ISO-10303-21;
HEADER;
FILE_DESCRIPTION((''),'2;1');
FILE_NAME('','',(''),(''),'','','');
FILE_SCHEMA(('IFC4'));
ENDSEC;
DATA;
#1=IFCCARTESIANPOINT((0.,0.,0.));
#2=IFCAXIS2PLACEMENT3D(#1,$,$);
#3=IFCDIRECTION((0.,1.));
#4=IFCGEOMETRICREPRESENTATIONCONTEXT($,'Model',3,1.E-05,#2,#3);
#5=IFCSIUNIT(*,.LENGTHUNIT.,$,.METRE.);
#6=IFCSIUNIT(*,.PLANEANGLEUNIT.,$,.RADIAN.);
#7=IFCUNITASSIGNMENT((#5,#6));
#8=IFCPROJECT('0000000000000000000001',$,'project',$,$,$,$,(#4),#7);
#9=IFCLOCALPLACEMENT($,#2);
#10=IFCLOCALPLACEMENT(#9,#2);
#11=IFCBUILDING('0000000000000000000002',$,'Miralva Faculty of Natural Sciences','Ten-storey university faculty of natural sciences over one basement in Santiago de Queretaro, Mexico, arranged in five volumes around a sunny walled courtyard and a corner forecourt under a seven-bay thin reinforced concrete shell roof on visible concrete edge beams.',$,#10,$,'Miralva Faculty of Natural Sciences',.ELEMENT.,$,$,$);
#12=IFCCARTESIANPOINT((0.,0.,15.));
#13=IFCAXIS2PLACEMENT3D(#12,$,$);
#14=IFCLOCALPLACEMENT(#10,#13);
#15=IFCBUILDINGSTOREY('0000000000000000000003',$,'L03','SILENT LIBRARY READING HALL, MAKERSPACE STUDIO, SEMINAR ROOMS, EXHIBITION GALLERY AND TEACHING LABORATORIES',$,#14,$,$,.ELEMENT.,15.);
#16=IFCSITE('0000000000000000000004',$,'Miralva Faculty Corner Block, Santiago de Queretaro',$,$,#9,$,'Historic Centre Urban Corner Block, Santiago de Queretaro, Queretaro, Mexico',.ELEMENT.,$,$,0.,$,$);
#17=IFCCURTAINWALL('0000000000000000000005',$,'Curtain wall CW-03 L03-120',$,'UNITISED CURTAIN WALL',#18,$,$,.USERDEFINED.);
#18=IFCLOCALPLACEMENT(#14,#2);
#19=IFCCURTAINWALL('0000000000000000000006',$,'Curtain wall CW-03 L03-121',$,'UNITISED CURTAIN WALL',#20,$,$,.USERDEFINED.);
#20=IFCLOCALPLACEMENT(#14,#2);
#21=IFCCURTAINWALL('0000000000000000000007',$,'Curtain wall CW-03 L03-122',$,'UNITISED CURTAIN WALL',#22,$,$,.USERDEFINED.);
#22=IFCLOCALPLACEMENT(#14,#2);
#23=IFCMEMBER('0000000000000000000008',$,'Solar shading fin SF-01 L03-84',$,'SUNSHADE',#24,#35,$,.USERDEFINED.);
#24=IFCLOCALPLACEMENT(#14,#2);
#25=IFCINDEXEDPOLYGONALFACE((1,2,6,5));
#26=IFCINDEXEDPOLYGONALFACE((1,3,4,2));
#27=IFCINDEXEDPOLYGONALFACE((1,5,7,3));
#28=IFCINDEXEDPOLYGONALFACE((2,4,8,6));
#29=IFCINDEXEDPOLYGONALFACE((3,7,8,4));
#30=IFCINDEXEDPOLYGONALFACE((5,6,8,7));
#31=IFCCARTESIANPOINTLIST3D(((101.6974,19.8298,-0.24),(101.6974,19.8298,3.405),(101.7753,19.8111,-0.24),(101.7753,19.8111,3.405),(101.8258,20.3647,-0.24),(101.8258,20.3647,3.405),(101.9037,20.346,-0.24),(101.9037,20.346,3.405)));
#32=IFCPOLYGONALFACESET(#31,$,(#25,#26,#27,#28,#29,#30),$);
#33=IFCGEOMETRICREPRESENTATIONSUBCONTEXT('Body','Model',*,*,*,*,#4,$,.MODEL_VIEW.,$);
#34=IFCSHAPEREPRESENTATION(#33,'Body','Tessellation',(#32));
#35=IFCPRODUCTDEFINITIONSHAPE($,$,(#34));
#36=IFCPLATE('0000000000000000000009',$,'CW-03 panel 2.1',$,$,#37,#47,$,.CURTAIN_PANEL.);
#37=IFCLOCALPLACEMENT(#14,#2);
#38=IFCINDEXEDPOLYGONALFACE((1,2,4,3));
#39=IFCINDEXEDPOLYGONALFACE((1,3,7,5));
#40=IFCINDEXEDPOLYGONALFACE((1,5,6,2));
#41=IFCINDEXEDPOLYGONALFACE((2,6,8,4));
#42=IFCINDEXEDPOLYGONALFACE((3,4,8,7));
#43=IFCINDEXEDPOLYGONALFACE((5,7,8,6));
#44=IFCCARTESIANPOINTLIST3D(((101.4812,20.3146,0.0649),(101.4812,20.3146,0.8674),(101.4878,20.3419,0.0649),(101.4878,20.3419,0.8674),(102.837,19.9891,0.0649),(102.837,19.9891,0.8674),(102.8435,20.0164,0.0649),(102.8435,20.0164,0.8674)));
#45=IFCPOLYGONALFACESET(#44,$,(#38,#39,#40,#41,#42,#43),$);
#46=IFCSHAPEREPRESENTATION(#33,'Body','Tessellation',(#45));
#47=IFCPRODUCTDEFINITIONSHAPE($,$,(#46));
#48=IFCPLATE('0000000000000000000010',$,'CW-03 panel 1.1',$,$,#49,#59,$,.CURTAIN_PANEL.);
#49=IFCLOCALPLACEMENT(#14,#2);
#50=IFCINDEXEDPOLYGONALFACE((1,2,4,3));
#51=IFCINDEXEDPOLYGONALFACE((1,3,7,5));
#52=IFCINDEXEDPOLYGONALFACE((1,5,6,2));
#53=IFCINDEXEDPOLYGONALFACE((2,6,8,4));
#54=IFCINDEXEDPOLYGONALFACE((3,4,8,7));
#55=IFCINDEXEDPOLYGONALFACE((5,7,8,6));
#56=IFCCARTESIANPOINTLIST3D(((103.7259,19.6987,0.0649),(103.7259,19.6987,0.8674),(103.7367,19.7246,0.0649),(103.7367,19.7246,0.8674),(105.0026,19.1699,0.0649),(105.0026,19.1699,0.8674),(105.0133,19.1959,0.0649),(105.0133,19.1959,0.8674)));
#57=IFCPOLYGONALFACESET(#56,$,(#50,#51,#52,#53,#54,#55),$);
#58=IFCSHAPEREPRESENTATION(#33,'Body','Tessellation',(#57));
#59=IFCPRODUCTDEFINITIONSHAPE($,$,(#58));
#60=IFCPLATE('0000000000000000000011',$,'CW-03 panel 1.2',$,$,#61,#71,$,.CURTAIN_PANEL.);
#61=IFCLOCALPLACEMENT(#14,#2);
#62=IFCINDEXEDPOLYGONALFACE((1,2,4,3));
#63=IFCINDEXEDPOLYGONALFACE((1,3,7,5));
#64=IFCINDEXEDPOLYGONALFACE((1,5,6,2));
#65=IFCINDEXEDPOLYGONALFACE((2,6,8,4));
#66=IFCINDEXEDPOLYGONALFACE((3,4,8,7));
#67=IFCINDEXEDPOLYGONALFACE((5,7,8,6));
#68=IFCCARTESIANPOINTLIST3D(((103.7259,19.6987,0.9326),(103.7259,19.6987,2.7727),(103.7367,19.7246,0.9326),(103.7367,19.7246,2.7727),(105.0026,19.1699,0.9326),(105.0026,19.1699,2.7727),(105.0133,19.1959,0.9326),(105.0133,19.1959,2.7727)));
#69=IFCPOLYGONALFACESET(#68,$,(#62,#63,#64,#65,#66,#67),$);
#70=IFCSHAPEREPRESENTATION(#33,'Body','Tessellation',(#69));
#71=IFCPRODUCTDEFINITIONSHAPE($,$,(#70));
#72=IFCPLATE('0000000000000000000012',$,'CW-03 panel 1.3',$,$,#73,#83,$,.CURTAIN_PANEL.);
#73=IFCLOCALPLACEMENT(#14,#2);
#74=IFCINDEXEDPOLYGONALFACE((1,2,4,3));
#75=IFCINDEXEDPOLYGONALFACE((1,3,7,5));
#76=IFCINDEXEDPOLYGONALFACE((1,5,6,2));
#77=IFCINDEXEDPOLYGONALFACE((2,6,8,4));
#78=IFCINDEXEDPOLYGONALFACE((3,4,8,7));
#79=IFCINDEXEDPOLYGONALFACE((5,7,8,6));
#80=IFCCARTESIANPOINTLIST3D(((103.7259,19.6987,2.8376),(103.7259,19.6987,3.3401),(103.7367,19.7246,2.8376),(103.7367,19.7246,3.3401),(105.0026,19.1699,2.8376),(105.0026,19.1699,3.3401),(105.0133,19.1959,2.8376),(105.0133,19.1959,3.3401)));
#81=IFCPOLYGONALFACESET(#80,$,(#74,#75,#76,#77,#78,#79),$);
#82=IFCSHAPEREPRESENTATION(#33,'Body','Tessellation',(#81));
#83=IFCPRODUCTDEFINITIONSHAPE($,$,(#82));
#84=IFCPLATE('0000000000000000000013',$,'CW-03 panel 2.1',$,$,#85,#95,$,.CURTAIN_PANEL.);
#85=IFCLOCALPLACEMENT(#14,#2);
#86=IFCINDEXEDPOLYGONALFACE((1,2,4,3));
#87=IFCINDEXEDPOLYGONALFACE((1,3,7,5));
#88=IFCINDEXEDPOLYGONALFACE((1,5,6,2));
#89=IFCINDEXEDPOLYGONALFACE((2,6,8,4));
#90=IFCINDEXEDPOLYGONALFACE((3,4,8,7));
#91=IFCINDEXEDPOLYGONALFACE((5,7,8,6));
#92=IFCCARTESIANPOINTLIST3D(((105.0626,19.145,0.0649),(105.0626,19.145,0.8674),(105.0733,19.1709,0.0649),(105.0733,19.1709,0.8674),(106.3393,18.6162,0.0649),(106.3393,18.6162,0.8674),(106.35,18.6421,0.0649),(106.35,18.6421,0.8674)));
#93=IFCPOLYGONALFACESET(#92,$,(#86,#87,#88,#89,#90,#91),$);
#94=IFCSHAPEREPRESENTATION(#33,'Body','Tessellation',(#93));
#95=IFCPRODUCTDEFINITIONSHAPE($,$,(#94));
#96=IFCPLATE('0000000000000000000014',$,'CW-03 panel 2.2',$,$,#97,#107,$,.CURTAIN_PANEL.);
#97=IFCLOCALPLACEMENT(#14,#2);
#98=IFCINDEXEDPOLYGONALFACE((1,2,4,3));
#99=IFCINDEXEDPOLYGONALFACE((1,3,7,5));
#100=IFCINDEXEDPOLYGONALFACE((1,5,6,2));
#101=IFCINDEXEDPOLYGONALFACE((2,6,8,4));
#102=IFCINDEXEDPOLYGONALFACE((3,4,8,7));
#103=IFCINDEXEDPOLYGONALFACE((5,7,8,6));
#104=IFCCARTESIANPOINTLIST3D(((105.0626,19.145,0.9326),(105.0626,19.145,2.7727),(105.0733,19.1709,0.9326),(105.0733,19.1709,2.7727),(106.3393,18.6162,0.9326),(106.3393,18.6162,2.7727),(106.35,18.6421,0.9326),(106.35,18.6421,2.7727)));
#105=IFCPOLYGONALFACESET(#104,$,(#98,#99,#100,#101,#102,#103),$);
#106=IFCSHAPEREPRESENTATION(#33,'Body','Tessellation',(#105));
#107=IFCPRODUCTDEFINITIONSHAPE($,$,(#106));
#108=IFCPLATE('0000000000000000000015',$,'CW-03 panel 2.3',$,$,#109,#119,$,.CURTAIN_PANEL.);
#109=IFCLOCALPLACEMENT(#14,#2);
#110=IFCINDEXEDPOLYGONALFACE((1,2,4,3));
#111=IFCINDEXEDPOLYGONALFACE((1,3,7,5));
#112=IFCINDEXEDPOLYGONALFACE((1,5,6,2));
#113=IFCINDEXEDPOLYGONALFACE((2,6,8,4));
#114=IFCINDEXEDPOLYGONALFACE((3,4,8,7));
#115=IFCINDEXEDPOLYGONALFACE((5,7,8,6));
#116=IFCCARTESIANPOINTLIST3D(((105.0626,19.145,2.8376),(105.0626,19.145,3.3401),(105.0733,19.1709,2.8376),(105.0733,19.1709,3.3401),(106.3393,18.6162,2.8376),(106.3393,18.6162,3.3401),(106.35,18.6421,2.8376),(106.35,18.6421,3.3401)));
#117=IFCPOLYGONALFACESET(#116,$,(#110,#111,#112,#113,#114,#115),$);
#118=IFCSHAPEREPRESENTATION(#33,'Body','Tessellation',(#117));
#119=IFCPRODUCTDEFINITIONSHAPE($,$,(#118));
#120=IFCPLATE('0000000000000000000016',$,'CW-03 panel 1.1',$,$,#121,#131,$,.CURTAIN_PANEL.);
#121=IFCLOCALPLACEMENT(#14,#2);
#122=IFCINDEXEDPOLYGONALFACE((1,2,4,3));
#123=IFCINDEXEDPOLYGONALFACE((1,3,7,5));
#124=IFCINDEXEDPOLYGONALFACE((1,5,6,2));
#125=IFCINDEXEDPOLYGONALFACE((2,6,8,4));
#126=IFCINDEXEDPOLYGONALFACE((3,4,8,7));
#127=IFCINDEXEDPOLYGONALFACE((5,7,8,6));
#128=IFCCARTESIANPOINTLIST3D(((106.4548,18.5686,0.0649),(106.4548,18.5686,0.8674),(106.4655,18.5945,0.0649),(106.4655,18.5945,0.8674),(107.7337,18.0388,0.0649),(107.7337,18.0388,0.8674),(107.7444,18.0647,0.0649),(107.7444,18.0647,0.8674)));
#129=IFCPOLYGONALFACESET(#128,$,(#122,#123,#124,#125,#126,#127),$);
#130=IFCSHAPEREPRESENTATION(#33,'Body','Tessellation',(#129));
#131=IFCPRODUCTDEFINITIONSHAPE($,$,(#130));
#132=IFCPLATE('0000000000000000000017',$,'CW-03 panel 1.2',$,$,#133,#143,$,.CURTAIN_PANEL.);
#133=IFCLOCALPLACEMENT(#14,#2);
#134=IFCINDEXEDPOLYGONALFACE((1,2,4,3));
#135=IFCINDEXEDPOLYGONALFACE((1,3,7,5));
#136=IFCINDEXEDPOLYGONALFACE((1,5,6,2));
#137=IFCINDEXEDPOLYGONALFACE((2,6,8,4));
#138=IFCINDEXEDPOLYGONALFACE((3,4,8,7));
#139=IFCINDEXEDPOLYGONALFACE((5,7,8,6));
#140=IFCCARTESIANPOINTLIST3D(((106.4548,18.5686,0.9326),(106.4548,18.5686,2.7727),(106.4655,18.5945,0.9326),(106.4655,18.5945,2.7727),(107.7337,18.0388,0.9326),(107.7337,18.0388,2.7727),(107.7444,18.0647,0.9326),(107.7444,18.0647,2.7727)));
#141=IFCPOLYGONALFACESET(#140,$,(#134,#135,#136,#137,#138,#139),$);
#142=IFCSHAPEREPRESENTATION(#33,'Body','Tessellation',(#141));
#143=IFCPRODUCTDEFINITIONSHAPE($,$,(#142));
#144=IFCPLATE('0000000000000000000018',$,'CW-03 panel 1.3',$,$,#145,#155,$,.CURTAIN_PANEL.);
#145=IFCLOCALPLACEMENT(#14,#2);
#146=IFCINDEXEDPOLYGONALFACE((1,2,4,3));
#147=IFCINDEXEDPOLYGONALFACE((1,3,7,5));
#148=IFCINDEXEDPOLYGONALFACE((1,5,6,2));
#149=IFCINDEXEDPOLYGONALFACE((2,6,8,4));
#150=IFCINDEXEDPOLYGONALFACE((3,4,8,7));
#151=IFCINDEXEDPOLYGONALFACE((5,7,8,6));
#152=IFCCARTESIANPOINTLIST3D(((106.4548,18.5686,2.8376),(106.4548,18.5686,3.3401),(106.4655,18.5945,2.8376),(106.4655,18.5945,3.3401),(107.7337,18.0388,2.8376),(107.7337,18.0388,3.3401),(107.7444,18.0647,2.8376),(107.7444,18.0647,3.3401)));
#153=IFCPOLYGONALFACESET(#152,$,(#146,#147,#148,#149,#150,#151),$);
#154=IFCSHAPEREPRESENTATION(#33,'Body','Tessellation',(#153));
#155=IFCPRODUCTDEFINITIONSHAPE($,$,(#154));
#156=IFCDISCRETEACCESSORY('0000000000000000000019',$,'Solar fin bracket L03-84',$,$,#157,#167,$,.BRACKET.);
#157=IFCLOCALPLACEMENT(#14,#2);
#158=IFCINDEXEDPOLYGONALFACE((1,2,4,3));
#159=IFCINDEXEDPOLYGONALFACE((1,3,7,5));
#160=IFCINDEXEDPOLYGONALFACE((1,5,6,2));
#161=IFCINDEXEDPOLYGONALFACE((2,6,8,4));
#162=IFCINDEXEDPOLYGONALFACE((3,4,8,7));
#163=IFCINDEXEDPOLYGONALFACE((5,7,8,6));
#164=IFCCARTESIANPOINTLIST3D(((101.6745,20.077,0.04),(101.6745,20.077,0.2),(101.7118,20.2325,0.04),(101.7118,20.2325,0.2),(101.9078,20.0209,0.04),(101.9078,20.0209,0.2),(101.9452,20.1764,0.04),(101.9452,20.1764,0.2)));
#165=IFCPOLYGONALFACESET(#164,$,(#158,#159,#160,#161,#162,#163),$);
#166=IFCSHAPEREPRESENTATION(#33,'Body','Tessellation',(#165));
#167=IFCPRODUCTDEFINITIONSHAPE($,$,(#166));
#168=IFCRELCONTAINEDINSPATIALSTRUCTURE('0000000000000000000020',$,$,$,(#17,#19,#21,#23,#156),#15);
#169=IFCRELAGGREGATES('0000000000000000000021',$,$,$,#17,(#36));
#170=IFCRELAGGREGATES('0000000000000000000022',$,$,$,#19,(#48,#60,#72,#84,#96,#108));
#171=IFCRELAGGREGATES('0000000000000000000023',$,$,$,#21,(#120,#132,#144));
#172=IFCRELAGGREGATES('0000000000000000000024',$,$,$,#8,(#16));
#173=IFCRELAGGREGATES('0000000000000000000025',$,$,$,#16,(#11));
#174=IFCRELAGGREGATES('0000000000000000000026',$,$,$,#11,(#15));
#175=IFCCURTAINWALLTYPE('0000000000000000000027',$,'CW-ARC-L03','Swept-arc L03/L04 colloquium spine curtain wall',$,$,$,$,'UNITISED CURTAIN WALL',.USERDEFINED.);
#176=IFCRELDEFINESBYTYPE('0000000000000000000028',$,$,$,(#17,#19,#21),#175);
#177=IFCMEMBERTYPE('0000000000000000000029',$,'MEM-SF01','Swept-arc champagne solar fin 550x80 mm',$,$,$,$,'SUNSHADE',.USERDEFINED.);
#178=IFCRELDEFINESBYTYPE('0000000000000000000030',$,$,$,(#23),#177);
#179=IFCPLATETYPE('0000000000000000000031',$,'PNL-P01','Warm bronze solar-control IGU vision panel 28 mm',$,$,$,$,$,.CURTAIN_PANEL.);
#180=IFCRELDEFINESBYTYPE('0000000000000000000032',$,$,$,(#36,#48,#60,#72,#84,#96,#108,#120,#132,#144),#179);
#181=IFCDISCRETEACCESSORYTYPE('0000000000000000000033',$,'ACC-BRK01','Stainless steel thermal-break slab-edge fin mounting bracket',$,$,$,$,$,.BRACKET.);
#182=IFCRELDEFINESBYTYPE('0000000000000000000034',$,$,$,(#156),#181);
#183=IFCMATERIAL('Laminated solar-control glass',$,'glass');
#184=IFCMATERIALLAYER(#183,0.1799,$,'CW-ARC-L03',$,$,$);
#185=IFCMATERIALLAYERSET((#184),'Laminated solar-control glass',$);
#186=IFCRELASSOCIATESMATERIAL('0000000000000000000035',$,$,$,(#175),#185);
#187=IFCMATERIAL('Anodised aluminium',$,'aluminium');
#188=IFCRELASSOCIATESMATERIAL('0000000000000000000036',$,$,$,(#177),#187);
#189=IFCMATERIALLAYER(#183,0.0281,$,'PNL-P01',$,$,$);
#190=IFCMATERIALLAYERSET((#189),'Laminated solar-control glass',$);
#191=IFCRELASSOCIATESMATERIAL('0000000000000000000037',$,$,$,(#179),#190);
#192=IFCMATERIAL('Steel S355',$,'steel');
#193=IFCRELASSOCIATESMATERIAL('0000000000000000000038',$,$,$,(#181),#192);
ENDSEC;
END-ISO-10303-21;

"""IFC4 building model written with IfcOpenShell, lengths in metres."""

from ifc_helpers import new_model, si_unit, direction, frame, origin, origin_2d, place, context, subcontext, project, spatial, rectangle, extrude, material, layer, layer_set, material_profile, profile_set, type_object, element, aggregate, save


model = new_model("IFC4")

# Units and contexts
model_context = context("Model", 3, precision=1e-05, world=origin(), true_north=direction((0.0, 1.0)))
body_context = subcontext(model_context, "Body", "Model", "MODEL_VIEW")
ifc_project = project(units=[si_unit("LENGTHUNIT", "METRE"), si_unit("PLANEANGLEUNIT", "RADIAN")], contexts=[model_context])

# Site, building, storey
site_placement = place(None, origin())
site = spatial("IfcSite", under=ifc_project, at=site_placement, Name="Miralva Faculty Corner Block, Santiago de Queretaro", LongName="Historic Centre Urban Corner Block, Santiago de Queretaro, Queretaro, Mexico", CompositionType="ELEMENT", RefElevation=0.0)
building_placement = place(site_placement, origin())
building = spatial("IfcBuilding", under=site, at=building_placement, Name="Miralva Faculty of Natural Sciences", Description="Ten-storey university faculty of natural sciences over one basement in Santiago de Queretaro, Mexico, arranged in five volumes around a sunny walled courtyard and a corner forecourt under a seven-bay thin reinforced concrete shell roof on visible concrete edge beams.", LongName="Miralva Faculty of Natural Sciences", CompositionType="ELEMENT")
storey_placement = place(building_placement, frame((0.0, 0.0, 15.0)))
storey = spatial("IfcBuildingStorey", under=building, at=storey_placement, Name="L03", Description="SILENT LIBRARY READING HALL, MAKERSPACE STUDIO, SEMINAR ROOMS, EXHIBITION GALLERY AND TEACHING LABORATORIES", CompositionType="ELEMENT", Elevation=15.0)

# Curtain wall
ifc_material_1 = material(Name="Laminated solar-control glass", Category="glass")
ifc_layer_1 = layer(ifc_material_1, 0.1799, Name="CW-ARC-L03")
ifc_layer_set_1 = layer_set([ifc_layer_1], Name="Laminated solar-control glass")
curtain_wall_type = type_object("IfcCurtainWallType", Name="CW-ARC-L03", Description="Swept-arc L03/L04 colloquium spine curtain wall", ElementType="UNITISED CURTAIN WALL", PredefinedType="USERDEFINED", material=ifc_layer_set_1)
curtain_wall_1_placement = place(storey_placement, origin())
curtain_wall_1 = element("IfcCurtainWall", 1, at=curtain_wall_1_placement, inside=storey, type_object=curtain_wall_type, Name="Curtain wall CW-03 L03-120", ObjectType="UNITISED CURTAIN WALL", PredefinedType="USERDEFINED")
ifc_material_2 = material(Name="Anodised aluminium", Category="aluminium")

# Curtain walls
curtain_wall_2_placement = place(storey_placement, origin())
curtain_wall_2 = element("IfcCurtainWall", 2, at=curtain_wall_2_placement, inside=storey, type_object=curtain_wall_type, Name="Curtain wall CW-03 L03-121", ObjectType="UNITISED CURTAIN WALL", PredefinedType="USERDEFINED")
curtain_wall_3_placement = place(storey_placement, origin())
curtain_wall_3 = element("IfcCurtainWall", 3, at=curtain_wall_3_placement, inside=storey, type_object=curtain_wall_type, Name="Curtain wall CW-03 L03-122", ObjectType="UNITISED CURTAIN WALL", PredefinedType="USERDEFINED")

# Member
ifc_material_profile_1 = material_profile(ifc_material_2, rectangle(XDim=0.0801, YDim=0.55, at=origin_2d()), Name="FIN 550x80")
ifc_profile_set_1 = profile_set([ifc_material_profile_1], Name="Anodised aluminium")
member_type_1 = type_object("IfcMemberType", Name="MEM-SF01", Description="Swept-arc champagne solar fin 550x80 mm", ElementType="SUNSHADE", PredefinedType="USERDEFINED", material=ifc_profile_set_1)
member_1_placement = place(storey_placement, frame((101.8005, 20.0879, -0.24), z_axis=(0.0, 0.0, 1.0), x_axis=(0.97237, -0.233445, 0.0)))
element("IfcMember", 4, at=member_1_placement, inside=storey, type_object=member_type_1, Name="Solar shading fin SF-01 L03-84", ObjectType="SUNSHADE", PredefinedType="USERDEFINED", context=body_context, shape_type="SweptSolid", body=[
    extrude(rectangle(XDim=0.0801, YDim=0.55, at=origin_2d()), origin(), (0.0, 0.0, 1.0), 3.645),
])

# Plates
ifc_layer_2 = layer(ifc_material_1, 0.0281, Name="PNL-P01")
ifc_layer_set_2 = layer_set([ifc_layer_2], Name="Laminated solar-control glass")
plate_type = type_object("IfcPlateType", Name="PNL-P01", Description="Warm bronze solar-control IGU vision panel 28 mm", PredefinedType="CURTAIN_PANEL", material=ifc_layer_set_2)
plate_1_placement = place(storey_placement, frame((102.1624, 20.1655, 0.0649), z_axis=(0.0, 0.0, 1.0), x_axis=(0.972365, -0.233464, 0.0)))
plate_1 = element("IfcPlate", 5, at=plate_1_placement, type_object=plate_type, Name="CW-03 panel 2.1", PredefinedType="CURTAIN_PANEL", context=body_context, shape_type="SweptSolid", body=[
    extrude(rectangle(XDim=1.3943, YDim=0.0281, at=origin_2d()), origin(), (0.0, 0.0, 1.0), 0.8025),
])
aggregate(curtain_wall_1, [plate_1])
plate_2_placement = place(storey_placement, frame((104.3696, 19.4473, 0.0649), z_axis=(0.0, 0.0, 1.0), x_axis=(0.923891, -0.382656, 0.0)))
plate_2 = element("IfcPlate", 6, at=plate_2_placement, type_object=plate_type, Name="CW-03 panel 1.1", PredefinedType="CURTAIN_PANEL", context=body_context, shape_type="SweptSolid", body=[
    extrude(rectangle(XDim=1.3818, YDim=0.0281, at=origin_2d()), origin(), (0.0, 0.0, 1.0), 0.8025),
])
plate_3_placement = place(storey_placement, frame((104.3696, 19.4473, 0.9326), z_axis=(0.0, 0.0, 1.0), x_axis=(0.923891, -0.382656, 0.0)))
plate_3 = element("IfcPlate", 7, at=plate_3_placement, type_object=plate_type, Name="CW-03 panel 1.2", PredefinedType="CURTAIN_PANEL", context=body_context, shape_type="SweptSolid", body=[
    extrude(rectangle(XDim=1.3818, YDim=0.0281, at=origin_2d()), origin(), (0.0, 0.0, 1.0), 1.8401),
])
plate_4_placement = place(storey_placement, frame((104.3696, 19.4473, 2.8376), z_axis=(0.0, 0.0, 1.0), x_axis=(0.923891, -0.382656, 0.0)))
plate_4 = element("IfcPlate", 8, at=plate_4_placement, type_object=plate_type, Name="CW-03 panel 1.3", PredefinedType="CURTAIN_PANEL", context=body_context, shape_type="SweptSolid", body=[
    extrude(rectangle(XDim=1.3818, YDim=0.0281, at=origin_2d()), origin(), (0.0, 0.0, 1.0), 0.5024),
])
plate_5_placement = place(storey_placement, frame((105.7063, 18.8936, 0.0649), z_axis=(0.0, 0.0, 1.0), x_axis=(0.923891, -0.382656, 0.0)))
plate_5 = element("IfcPlate", 9, at=plate_5_placement, type_object=plate_type, Name="CW-03 panel 2.1", PredefinedType="CURTAIN_PANEL", context=body_context, shape_type="SweptSolid", body=[
    extrude(rectangle(XDim=1.3818, YDim=0.0281, at=origin_2d()), origin(), (0.0, 0.0, 1.0), 0.8025),
])
plate_6_placement = place(storey_placement, frame((105.7063, 18.8936, 0.9326), z_axis=(0.0, 0.0, 1.0), x_axis=(0.923891, -0.382656, 0.0)))
plate_6 = element("IfcPlate", 10, at=plate_6_placement, type_object=plate_type, Name="CW-03 panel 2.2", PredefinedType="CURTAIN_PANEL", context=body_context, shape_type="SweptSolid", body=[
    extrude(rectangle(XDim=1.3818, YDim=0.0281, at=origin_2d()), origin(), (0.0, 0.0, 1.0), 1.8401),
])
plate_7_placement = place(storey_placement, frame((105.7063, 18.8936, 2.8376), z_axis=(0.0, 0.0, 1.0), x_axis=(0.923891, -0.382656, 0.0)))
plate_7 = element("IfcPlate", 11, at=plate_7_placement, type_object=plate_type, Name="CW-03 panel 2.3", PredefinedType="CURTAIN_PANEL", context=body_context, shape_type="SweptSolid", body=[
    extrude(rectangle(XDim=1.3818, YDim=0.0281, at=origin_2d()), origin(), (0.0, 0.0, 1.0), 0.5024),
])
aggregate(curtain_wall_2, [plate_2, plate_3, plate_4, plate_5, plate_6, plate_7])
plate_8_placement = place(storey_placement, frame((107.0996, 18.3167, 0.0649), z_axis=(0.0, 0.0, 1.0), x_axis=(0.923875, -0.382695, 0.0)))
plate_8 = element("IfcPlate", 12, at=plate_8_placement, type_object=plate_type, Name="CW-03 panel 1.1", PredefinedType="CURTAIN_PANEL", context=body_context, shape_type="SweptSolid", body=[
    extrude(rectangle(XDim=1.3843, YDim=0.0281, at=origin_2d()), origin(), (0.0, 0.0, 1.0), 0.8025),
])
plate_9_placement = place(storey_placement, frame((107.0996, 18.3167, 0.9326), z_axis=(0.0, 0.0, 1.0), x_axis=(0.923875, -0.382695, 0.0)))
plate_9 = element("IfcPlate", 13, at=plate_9_placement, type_object=plate_type, Name="CW-03 panel 1.2", PredefinedType="CURTAIN_PANEL", context=body_context, shape_type="SweptSolid", body=[
    extrude(rectangle(XDim=1.3843, YDim=0.0281, at=origin_2d()), origin(), (0.0, 0.0, 1.0), 1.8401),
])
plate_10_placement = place(storey_placement, frame((107.0996, 18.3167, 2.8376), z_axis=(0.0, 0.0, 1.0), x_axis=(0.923875, -0.382695, 0.0)))
plate_10 = element("IfcPlate", 14, at=plate_10_placement, type_object=plate_type, Name="CW-03 panel 1.3", PredefinedType="CURTAIN_PANEL", context=body_context, shape_type="SweptSolid", body=[
    extrude(rectangle(XDim=1.3843, YDim=0.0281, at=origin_2d()), origin(), (0.0, 0.0, 1.0), 0.5024),
])
aggregate(curtain_wall_3, [plate_8, plate_9, plate_10])

# Discrete accessory
ifc_material_3 = material(Name="Steel S355", Category="steel")
discrete_accessory_type = type_object("IfcDiscreteAccessoryType", Name="ACC-BRK01", Description="Stainless steel thermal-break slab-edge fin mounting bracket", PredefinedType="BRACKET", material=ifc_material_3)
discrete_accessory_placement = place(storey_placement, frame((101.8098, 20.1267, 0.04), z_axis=(0.0, 0.0, 1.0), x_axis=(-0.233445, -0.97237, 0.0)))
element("IfcDiscreteAccessory", 15, at=discrete_accessory_placement, inside=storey, type_object=discrete_accessory_type, Name="Solar fin bracket L03-84", PredefinedType="BRACKET", context=body_context, shape_type="SweptSolid", body=[
    extrude(rectangle(XDim=0.1599, YDim=0.24, at=origin_2d()), origin(), (0.0, 0.0, 1.0), 0.1599),
])

save(model, "model.ifc")
